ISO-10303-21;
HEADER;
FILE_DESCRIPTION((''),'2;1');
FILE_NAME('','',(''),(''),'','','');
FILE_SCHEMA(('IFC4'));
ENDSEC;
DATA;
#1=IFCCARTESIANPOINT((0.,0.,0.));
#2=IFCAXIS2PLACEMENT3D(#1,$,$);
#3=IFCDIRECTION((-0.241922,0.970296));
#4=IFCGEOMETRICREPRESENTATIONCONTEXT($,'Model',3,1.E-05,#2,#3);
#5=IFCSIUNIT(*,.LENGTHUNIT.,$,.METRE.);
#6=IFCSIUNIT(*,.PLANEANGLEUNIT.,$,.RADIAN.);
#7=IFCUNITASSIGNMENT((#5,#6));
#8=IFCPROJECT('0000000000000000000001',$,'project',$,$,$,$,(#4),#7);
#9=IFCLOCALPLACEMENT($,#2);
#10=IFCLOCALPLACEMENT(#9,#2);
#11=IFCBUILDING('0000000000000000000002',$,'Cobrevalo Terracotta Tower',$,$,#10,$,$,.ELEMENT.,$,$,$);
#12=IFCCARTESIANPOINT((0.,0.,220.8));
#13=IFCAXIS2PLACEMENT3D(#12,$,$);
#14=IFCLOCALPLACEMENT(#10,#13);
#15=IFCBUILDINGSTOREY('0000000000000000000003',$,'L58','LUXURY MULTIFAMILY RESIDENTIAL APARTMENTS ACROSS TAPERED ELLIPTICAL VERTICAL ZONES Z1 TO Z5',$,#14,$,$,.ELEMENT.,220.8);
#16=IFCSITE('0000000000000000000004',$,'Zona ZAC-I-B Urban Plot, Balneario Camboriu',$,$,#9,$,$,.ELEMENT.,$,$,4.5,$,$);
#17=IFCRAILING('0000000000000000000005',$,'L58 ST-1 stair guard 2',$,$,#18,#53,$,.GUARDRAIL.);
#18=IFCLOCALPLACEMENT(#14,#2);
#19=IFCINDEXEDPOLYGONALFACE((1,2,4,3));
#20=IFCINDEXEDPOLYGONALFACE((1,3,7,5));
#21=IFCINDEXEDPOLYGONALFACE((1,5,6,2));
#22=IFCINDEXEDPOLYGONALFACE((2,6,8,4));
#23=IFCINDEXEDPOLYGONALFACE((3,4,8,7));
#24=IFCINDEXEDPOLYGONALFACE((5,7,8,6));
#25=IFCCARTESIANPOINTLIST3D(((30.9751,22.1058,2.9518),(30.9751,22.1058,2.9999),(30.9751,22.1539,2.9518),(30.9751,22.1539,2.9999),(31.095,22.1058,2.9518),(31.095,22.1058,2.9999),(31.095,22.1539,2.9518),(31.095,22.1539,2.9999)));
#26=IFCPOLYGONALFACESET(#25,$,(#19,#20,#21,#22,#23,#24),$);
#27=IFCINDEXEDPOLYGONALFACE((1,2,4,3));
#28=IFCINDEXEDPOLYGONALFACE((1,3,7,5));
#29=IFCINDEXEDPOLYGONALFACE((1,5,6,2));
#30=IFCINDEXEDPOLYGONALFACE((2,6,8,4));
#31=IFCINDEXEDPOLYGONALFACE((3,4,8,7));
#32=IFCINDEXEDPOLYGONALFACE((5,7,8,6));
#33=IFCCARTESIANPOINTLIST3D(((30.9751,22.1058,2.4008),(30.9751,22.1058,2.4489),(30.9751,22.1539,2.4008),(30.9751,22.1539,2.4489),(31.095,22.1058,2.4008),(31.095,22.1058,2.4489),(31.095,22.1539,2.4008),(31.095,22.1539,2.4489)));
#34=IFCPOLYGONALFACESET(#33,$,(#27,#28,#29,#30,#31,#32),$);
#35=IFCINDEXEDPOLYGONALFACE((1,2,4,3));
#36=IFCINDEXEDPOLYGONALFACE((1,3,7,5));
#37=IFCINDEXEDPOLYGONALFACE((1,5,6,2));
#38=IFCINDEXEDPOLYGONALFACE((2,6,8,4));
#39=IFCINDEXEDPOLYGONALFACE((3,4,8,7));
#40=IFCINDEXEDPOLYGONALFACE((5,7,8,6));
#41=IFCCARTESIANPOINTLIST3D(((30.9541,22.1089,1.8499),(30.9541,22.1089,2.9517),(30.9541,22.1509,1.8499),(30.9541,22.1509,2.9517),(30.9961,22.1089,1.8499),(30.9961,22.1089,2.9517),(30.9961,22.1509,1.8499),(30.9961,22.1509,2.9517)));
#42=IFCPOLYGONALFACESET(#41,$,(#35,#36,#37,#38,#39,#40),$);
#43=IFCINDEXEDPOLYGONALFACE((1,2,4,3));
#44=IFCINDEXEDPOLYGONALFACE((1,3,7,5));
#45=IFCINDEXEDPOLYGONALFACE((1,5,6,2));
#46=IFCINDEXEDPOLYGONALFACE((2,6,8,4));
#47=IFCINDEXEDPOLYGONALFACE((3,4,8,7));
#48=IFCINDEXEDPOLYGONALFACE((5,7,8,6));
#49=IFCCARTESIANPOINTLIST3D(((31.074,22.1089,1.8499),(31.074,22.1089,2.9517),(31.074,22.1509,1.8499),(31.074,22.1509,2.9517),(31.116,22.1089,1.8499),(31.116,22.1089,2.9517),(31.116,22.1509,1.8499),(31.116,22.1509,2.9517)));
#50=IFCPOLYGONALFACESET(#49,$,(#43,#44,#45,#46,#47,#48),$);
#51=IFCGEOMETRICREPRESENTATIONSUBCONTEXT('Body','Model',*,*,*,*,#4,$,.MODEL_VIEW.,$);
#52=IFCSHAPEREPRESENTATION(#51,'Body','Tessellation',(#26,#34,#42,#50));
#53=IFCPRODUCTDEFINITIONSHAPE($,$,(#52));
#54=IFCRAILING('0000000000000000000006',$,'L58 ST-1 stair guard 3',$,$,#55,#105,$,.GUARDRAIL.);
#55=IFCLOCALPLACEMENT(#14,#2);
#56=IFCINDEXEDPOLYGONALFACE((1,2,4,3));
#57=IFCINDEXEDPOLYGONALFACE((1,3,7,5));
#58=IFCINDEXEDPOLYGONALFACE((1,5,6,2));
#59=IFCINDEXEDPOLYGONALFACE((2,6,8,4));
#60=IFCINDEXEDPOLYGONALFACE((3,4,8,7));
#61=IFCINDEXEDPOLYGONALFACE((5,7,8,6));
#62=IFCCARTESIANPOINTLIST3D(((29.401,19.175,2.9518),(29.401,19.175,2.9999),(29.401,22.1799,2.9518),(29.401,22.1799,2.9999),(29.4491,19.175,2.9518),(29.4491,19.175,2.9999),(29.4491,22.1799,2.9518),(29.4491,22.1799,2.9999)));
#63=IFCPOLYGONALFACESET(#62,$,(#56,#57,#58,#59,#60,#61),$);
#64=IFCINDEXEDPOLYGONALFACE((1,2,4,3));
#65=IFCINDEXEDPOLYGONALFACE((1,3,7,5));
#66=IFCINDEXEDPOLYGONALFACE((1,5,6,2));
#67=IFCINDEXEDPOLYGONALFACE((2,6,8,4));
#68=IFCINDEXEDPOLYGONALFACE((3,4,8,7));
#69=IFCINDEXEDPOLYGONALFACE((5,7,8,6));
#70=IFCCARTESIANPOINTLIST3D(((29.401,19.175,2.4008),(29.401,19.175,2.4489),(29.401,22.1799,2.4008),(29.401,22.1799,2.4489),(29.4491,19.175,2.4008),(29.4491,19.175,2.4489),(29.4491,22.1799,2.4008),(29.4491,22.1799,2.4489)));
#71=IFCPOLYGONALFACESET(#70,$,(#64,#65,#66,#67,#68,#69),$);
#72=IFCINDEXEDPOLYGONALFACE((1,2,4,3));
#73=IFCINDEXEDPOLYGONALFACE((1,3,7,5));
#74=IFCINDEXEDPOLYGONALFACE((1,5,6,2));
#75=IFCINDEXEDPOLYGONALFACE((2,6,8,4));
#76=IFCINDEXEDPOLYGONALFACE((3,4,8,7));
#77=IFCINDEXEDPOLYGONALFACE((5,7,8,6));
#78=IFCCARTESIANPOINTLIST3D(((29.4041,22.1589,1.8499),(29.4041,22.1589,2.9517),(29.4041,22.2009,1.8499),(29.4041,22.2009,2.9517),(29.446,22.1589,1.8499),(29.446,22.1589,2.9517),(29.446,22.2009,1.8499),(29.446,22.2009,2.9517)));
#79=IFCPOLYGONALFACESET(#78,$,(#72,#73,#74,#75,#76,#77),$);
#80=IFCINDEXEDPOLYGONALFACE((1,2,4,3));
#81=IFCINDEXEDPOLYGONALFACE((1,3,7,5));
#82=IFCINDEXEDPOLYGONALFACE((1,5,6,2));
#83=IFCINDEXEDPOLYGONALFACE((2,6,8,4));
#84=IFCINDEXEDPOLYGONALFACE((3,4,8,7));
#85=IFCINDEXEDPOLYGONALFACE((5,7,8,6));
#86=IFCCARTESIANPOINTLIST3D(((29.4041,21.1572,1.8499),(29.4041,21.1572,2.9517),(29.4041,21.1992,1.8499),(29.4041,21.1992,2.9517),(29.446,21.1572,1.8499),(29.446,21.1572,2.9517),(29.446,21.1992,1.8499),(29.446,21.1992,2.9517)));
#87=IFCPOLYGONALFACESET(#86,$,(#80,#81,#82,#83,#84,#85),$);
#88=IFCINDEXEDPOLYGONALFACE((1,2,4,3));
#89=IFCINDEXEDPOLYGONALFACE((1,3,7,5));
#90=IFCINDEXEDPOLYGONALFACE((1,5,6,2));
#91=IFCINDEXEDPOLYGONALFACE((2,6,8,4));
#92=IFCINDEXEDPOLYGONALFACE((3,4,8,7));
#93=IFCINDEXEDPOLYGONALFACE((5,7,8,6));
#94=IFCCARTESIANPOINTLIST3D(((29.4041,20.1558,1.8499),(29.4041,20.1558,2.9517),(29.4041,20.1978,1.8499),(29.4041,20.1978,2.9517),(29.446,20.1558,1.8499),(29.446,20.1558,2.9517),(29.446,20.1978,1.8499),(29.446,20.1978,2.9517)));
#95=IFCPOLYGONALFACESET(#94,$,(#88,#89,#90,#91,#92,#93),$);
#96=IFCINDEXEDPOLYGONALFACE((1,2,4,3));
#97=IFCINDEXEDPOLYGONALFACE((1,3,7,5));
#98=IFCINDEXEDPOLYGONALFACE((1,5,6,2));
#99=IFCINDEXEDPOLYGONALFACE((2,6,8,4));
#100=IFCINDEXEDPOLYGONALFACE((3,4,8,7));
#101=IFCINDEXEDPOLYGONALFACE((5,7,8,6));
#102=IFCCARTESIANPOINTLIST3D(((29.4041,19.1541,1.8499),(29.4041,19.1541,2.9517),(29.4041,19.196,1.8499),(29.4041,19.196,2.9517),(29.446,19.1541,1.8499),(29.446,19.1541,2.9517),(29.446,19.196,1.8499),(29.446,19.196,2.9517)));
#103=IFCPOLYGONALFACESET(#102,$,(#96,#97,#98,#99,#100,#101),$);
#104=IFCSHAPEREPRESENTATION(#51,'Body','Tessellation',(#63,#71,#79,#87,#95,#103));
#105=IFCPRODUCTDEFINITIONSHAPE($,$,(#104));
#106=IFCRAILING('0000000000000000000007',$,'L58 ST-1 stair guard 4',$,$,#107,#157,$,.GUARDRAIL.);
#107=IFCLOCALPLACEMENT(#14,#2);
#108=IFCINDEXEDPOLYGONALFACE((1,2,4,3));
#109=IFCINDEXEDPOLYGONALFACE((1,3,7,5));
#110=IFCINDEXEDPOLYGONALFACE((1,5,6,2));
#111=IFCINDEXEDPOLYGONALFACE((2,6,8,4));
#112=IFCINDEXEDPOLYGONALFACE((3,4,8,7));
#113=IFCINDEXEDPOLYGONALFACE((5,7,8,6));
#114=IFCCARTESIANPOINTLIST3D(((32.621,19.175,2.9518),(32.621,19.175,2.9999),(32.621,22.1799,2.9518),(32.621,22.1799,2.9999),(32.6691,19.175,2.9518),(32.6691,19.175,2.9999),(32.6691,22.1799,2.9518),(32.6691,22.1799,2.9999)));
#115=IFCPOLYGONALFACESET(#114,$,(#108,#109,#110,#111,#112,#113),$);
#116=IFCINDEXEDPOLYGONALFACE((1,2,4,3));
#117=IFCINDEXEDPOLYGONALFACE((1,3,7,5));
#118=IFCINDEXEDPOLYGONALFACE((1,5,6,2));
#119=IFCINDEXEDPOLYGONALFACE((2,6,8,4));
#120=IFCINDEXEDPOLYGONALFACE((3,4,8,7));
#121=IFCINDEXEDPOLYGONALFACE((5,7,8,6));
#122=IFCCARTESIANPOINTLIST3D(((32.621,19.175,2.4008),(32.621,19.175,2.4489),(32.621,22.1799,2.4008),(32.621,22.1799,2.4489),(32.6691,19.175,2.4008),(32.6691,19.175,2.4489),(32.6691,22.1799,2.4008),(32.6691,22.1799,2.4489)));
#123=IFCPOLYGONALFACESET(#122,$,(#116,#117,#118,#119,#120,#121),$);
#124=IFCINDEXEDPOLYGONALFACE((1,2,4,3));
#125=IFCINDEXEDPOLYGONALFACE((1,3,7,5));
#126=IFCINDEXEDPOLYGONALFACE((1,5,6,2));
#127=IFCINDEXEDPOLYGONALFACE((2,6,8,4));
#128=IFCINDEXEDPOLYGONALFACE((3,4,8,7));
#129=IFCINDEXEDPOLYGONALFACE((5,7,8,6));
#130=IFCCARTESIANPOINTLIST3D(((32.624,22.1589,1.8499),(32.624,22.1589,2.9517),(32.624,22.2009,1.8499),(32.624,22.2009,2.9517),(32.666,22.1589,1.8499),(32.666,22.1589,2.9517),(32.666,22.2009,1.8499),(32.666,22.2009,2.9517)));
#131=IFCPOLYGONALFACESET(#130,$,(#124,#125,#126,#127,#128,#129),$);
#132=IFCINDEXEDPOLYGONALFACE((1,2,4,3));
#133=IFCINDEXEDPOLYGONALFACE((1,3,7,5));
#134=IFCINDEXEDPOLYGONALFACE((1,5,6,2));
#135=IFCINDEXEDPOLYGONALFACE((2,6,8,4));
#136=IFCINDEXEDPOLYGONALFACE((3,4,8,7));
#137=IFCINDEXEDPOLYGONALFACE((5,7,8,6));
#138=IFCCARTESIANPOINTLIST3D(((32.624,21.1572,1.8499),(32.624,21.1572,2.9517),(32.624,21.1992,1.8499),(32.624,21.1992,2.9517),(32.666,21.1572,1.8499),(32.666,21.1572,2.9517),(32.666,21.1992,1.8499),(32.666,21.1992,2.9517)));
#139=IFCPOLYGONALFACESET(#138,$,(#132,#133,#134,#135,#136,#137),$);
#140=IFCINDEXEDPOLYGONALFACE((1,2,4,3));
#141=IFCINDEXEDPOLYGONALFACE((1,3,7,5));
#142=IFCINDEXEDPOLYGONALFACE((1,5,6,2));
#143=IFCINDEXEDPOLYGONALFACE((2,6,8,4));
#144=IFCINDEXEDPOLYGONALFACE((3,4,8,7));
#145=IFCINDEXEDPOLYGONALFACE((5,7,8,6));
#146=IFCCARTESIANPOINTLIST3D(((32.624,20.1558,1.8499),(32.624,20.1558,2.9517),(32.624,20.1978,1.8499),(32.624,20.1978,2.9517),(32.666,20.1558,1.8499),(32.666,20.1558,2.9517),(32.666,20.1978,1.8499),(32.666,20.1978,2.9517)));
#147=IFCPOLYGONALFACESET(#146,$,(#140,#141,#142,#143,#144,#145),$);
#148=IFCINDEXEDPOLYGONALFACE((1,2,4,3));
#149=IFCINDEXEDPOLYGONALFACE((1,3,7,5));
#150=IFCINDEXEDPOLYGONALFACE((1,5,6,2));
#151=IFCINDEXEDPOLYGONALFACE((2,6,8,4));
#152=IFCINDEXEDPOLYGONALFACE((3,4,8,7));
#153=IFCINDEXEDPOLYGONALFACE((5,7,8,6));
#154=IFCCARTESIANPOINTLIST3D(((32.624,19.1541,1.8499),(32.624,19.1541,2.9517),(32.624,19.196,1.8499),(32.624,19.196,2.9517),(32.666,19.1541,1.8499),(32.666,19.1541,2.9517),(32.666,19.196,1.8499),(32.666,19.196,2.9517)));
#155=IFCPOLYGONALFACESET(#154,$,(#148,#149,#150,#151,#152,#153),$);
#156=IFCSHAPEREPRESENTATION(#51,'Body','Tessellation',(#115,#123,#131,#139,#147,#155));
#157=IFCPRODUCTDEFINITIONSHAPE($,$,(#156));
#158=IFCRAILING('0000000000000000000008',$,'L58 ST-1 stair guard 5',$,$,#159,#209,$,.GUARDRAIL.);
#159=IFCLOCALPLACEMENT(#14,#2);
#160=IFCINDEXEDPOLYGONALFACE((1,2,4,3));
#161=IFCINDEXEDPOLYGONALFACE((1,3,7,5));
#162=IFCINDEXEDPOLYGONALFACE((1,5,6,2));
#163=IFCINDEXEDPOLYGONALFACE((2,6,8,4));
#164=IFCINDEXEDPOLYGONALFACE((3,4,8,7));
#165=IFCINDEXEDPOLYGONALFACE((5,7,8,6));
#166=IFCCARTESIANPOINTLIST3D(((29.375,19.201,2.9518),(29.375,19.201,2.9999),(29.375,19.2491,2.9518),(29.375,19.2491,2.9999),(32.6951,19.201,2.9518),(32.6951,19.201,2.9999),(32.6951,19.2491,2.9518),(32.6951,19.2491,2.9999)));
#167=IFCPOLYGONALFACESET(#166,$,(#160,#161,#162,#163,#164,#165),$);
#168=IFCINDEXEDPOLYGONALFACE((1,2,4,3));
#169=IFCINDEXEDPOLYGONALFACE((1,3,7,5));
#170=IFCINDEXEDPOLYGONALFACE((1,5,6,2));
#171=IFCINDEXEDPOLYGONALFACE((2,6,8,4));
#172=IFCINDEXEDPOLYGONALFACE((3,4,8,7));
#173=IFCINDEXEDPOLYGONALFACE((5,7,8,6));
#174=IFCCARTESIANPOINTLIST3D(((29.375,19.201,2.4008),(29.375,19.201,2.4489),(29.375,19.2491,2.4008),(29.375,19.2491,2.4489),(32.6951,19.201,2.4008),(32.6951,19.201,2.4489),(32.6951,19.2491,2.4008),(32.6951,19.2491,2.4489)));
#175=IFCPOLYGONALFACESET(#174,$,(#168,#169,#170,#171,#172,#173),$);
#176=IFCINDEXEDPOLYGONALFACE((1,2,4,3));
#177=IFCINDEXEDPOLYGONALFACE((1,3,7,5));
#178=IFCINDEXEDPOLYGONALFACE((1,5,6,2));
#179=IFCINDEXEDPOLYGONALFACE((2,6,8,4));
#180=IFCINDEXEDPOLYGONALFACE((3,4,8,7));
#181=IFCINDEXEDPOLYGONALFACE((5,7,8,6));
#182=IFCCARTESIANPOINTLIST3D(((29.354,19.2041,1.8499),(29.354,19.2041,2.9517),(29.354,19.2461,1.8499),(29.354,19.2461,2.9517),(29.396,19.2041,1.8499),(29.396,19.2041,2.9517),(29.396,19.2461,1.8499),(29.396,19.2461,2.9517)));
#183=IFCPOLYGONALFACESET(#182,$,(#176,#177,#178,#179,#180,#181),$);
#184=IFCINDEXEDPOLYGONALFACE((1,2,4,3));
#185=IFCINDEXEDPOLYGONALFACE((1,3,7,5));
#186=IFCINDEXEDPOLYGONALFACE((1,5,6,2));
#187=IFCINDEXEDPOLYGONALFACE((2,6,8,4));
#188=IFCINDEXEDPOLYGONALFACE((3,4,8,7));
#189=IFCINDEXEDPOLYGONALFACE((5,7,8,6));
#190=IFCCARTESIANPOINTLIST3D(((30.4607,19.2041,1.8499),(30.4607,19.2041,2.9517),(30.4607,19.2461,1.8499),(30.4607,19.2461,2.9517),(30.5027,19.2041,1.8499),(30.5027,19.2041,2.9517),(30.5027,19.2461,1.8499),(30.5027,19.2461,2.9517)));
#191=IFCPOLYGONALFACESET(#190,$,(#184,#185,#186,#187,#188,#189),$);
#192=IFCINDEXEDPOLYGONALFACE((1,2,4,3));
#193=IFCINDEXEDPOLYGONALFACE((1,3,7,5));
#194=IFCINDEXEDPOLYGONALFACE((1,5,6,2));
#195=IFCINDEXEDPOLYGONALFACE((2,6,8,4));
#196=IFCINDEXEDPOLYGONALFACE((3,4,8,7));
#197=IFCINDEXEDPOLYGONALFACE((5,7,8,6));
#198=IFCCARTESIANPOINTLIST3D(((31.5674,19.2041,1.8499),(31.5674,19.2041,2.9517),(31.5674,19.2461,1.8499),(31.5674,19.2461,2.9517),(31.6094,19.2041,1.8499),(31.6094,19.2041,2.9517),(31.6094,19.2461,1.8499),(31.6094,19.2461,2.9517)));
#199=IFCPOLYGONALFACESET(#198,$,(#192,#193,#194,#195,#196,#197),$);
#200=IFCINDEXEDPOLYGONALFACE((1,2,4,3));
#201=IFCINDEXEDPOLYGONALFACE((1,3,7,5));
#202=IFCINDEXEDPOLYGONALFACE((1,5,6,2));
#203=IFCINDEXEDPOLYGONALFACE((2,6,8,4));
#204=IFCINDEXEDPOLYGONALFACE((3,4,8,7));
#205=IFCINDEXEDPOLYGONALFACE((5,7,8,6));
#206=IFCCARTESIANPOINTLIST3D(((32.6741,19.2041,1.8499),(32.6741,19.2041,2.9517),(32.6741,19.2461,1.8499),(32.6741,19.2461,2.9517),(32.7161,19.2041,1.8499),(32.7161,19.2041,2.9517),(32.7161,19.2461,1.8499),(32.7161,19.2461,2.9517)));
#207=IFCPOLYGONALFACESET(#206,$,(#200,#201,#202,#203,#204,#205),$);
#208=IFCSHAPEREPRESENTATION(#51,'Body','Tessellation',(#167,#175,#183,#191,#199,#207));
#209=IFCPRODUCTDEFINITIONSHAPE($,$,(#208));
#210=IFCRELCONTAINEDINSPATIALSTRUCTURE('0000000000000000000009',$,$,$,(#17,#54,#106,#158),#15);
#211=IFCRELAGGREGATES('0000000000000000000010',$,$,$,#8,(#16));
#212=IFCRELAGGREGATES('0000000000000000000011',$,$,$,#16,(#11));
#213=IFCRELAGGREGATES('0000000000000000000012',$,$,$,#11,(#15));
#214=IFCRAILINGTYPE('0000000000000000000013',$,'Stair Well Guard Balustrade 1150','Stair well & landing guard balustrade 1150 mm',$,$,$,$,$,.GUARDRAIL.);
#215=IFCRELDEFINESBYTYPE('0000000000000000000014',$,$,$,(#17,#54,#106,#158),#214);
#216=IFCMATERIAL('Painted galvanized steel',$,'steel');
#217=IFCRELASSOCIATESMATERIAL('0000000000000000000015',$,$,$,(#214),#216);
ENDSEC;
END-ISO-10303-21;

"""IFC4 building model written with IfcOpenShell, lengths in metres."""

from ifc_helpers import new_model, si_unit, direction, frame, origin, origin_2d, place, context, subcontext, project, spatial, rectangle, extrude, material, type_object, element, save


model = new_model("IFC4")

# Units and contexts
model_context = context("Model", 3, precision=1e-05, world=origin(), true_north=direction((-0.241922, 0.970296)))
body_context = subcontext(model_context, "Body", "Model", "MODEL_VIEW")
ifc_project = project(units=[si_unit("LENGTHUNIT", "METRE"), si_unit("PLANEANGLEUNIT", "RADIAN")], contexts=[model_context])

# Site, building, storey
site_placement = place(None, origin())
site = spatial("IfcSite", under=ifc_project, at=site_placement, Name="Zona ZAC-I-B Urban Plot, Balneario Camboriu", CompositionType="ELEMENT", RefElevation=4.5)
building_placement = place(site_placement, origin())
building = spatial("IfcBuilding", under=site, at=building_placement, Name="Cobrevalo Terracotta Tower", CompositionType="ELEMENT")
storey_placement = place(building_placement, frame((0.0, 0.0, 220.8)))
storey = spatial("IfcBuildingStorey", under=building, at=storey_placement, Name="L58", Description="LUXURY MULTIFAMILY RESIDENTIAL APARTMENTS ACROSS TAPERED ELLIPTICAL VERTICAL ZONES Z1 TO Z5", CompositionType="ELEMENT", Elevation=220.8)

# Railings
ifc_material_1 = material(Name="Painted galvanized steel", Category="steel")
railing_type_1 = type_object("IfcRailingType", Name="Stair Well Guard Balustrade 1150", Description="Stair well & landing guard balustrade 1150 mm", PredefinedType="GUARDRAIL", material=ifc_material_1)
railing_1_placement = place(storey_placement, frame((30.9751, 22.1299, 1.8499)))
element("IfcRailing", 1, at=railing_1_placement, inside=storey, type_object=railing_type_1, Name="L58 ST-1 stair guard 2", PredefinedType="GUARDRAIL", context=body_context, shape_type="SweptSolid", body=[
    extrude(rectangle(XDim=0.0481, YDim=0.0481, at=origin_2d()), frame((0.0, 0.0, 1.126), z_axis=(1.0, 0.0, 0.0), x_axis=(0.0, 1.0, 0.0)), (0.0, 0.0, 1.0), 0.1199),
    extrude(rectangle(XDim=0.0481, YDim=0.0481, at=origin_2d()), frame((0.0, 0.0, 0.575), z_axis=(1.0, 0.0, 0.0), x_axis=(0.0, 1.0, 0.0)), (0.0, 0.0, 1.0), 0.1199),
    extrude(rectangle(XDim=0.042, YDim=0.042, at=origin_2d()), origin(), (0.0, 0.0, 1.0), 1.1018),
    extrude(rectangle(XDim=0.042, YDim=0.042, at=origin_2d()), frame((0.1199, 0.0, 0.0)), (0.0, 0.0, 1.0), 1.1018),
])
for number, where, name in (
    (2, (29.425, 22.1799, 1.8499), "L58 ST-1 stair guard 3"),
    (3, (32.645, 22.1799, 1.8499), "L58 ST-1 stair guard 4"),
):
    element("IfcRailing", number, at=place(storey_placement, frame(where)), inside=storey, type_object=railing_type_1, Name=name, PredefinedType="GUARDRAIL", context=body_context, shape_type="SweptSolid", body=[
        extrude(rectangle(XDim=0.0481, YDim=0.0481, at=origin_2d()), frame((0.0, 0.0, 1.126), z_axis=(0.0, -1.0, 0.0), x_axis=(1.0, 0.0, 0.0)), (0.0, 0.0, 1.0), 3.0049),
        extrude(rectangle(XDim=0.0481, YDim=0.0481, at=origin_2d()), frame((0.0, 0.0, 0.575), z_axis=(0.0, -1.0, 0.0), x_axis=(1.0, 0.0, 0.0)), (0.0, 0.0, 1.0), 3.0049),
        extrude(rectangle(XDim=0.042, YDim=0.042, at=origin_2d()), origin(), (0.0, 0.0, 1.0), 1.1018),
        extrude(rectangle(XDim=0.042, YDim=0.042, at=origin_2d()), frame((0.0, -1.0017, 0.0)), (0.0, 0.0, 1.0), 1.1018),
        extrude(rectangle(XDim=0.042, YDim=0.042, at=origin_2d()), frame((0.0, -2.0032, 0.0)), (0.0, 0.0, 1.0), 1.1018),
        extrude(rectangle(XDim=0.042, YDim=0.042, at=origin_2d()), frame((0.0, -3.0049, 0.0)), (0.0, 0.0, 1.0), 1.1018),
    ])
railing_2_placement = place(storey_placement, frame((29.375, 19.2251, 1.8499)))
element("IfcRailing", 4, at=railing_2_placement, inside=storey, type_object=railing_type_1, Name="L58 ST-1 stair guard 5", PredefinedType="GUARDRAIL", context=body_context, shape_type="SweptSolid", body=[
    extrude(rectangle(XDim=0.0481, YDim=0.0481, at=origin_2d()), frame((0.0, 0.0, 1.126), z_axis=(1.0, 0.0, 0.0), x_axis=(0.0, 1.0, 0.0)), (0.0, 0.0, 1.0), 3.3201),
    extrude(rectangle(XDim=0.0481, YDim=0.0481, at=origin_2d()), frame((0.0, 0.0, 0.575), z_axis=(1.0, 0.0, 0.0), x_axis=(0.0, 1.0, 0.0)), (0.0, 0.0, 1.0), 3.3201),
    extrude(rectangle(XDim=0.042, YDim=0.042, at=origin_2d()), origin(), (0.0, 0.0, 1.0), 1.1018),
    extrude(rectangle(XDim=0.042, YDim=0.042, at=origin_2d()), frame((1.1067, 0.0, 0.0)), (0.0, 0.0, 1.0), 1.1018),
    extrude(rectangle(XDim=0.042, YDim=0.042, at=origin_2d()), frame((2.2134, 0.0, 0.0)), (0.0, 0.0, 1.0), 1.1018),
    extrude(rectangle(XDim=0.042, YDim=0.042, at=origin_2d()), frame((3.3201, 0.0, 0.0)), (0.0, 0.0, 1.0), 1.1018),
])

save(model, "model.ifc")
